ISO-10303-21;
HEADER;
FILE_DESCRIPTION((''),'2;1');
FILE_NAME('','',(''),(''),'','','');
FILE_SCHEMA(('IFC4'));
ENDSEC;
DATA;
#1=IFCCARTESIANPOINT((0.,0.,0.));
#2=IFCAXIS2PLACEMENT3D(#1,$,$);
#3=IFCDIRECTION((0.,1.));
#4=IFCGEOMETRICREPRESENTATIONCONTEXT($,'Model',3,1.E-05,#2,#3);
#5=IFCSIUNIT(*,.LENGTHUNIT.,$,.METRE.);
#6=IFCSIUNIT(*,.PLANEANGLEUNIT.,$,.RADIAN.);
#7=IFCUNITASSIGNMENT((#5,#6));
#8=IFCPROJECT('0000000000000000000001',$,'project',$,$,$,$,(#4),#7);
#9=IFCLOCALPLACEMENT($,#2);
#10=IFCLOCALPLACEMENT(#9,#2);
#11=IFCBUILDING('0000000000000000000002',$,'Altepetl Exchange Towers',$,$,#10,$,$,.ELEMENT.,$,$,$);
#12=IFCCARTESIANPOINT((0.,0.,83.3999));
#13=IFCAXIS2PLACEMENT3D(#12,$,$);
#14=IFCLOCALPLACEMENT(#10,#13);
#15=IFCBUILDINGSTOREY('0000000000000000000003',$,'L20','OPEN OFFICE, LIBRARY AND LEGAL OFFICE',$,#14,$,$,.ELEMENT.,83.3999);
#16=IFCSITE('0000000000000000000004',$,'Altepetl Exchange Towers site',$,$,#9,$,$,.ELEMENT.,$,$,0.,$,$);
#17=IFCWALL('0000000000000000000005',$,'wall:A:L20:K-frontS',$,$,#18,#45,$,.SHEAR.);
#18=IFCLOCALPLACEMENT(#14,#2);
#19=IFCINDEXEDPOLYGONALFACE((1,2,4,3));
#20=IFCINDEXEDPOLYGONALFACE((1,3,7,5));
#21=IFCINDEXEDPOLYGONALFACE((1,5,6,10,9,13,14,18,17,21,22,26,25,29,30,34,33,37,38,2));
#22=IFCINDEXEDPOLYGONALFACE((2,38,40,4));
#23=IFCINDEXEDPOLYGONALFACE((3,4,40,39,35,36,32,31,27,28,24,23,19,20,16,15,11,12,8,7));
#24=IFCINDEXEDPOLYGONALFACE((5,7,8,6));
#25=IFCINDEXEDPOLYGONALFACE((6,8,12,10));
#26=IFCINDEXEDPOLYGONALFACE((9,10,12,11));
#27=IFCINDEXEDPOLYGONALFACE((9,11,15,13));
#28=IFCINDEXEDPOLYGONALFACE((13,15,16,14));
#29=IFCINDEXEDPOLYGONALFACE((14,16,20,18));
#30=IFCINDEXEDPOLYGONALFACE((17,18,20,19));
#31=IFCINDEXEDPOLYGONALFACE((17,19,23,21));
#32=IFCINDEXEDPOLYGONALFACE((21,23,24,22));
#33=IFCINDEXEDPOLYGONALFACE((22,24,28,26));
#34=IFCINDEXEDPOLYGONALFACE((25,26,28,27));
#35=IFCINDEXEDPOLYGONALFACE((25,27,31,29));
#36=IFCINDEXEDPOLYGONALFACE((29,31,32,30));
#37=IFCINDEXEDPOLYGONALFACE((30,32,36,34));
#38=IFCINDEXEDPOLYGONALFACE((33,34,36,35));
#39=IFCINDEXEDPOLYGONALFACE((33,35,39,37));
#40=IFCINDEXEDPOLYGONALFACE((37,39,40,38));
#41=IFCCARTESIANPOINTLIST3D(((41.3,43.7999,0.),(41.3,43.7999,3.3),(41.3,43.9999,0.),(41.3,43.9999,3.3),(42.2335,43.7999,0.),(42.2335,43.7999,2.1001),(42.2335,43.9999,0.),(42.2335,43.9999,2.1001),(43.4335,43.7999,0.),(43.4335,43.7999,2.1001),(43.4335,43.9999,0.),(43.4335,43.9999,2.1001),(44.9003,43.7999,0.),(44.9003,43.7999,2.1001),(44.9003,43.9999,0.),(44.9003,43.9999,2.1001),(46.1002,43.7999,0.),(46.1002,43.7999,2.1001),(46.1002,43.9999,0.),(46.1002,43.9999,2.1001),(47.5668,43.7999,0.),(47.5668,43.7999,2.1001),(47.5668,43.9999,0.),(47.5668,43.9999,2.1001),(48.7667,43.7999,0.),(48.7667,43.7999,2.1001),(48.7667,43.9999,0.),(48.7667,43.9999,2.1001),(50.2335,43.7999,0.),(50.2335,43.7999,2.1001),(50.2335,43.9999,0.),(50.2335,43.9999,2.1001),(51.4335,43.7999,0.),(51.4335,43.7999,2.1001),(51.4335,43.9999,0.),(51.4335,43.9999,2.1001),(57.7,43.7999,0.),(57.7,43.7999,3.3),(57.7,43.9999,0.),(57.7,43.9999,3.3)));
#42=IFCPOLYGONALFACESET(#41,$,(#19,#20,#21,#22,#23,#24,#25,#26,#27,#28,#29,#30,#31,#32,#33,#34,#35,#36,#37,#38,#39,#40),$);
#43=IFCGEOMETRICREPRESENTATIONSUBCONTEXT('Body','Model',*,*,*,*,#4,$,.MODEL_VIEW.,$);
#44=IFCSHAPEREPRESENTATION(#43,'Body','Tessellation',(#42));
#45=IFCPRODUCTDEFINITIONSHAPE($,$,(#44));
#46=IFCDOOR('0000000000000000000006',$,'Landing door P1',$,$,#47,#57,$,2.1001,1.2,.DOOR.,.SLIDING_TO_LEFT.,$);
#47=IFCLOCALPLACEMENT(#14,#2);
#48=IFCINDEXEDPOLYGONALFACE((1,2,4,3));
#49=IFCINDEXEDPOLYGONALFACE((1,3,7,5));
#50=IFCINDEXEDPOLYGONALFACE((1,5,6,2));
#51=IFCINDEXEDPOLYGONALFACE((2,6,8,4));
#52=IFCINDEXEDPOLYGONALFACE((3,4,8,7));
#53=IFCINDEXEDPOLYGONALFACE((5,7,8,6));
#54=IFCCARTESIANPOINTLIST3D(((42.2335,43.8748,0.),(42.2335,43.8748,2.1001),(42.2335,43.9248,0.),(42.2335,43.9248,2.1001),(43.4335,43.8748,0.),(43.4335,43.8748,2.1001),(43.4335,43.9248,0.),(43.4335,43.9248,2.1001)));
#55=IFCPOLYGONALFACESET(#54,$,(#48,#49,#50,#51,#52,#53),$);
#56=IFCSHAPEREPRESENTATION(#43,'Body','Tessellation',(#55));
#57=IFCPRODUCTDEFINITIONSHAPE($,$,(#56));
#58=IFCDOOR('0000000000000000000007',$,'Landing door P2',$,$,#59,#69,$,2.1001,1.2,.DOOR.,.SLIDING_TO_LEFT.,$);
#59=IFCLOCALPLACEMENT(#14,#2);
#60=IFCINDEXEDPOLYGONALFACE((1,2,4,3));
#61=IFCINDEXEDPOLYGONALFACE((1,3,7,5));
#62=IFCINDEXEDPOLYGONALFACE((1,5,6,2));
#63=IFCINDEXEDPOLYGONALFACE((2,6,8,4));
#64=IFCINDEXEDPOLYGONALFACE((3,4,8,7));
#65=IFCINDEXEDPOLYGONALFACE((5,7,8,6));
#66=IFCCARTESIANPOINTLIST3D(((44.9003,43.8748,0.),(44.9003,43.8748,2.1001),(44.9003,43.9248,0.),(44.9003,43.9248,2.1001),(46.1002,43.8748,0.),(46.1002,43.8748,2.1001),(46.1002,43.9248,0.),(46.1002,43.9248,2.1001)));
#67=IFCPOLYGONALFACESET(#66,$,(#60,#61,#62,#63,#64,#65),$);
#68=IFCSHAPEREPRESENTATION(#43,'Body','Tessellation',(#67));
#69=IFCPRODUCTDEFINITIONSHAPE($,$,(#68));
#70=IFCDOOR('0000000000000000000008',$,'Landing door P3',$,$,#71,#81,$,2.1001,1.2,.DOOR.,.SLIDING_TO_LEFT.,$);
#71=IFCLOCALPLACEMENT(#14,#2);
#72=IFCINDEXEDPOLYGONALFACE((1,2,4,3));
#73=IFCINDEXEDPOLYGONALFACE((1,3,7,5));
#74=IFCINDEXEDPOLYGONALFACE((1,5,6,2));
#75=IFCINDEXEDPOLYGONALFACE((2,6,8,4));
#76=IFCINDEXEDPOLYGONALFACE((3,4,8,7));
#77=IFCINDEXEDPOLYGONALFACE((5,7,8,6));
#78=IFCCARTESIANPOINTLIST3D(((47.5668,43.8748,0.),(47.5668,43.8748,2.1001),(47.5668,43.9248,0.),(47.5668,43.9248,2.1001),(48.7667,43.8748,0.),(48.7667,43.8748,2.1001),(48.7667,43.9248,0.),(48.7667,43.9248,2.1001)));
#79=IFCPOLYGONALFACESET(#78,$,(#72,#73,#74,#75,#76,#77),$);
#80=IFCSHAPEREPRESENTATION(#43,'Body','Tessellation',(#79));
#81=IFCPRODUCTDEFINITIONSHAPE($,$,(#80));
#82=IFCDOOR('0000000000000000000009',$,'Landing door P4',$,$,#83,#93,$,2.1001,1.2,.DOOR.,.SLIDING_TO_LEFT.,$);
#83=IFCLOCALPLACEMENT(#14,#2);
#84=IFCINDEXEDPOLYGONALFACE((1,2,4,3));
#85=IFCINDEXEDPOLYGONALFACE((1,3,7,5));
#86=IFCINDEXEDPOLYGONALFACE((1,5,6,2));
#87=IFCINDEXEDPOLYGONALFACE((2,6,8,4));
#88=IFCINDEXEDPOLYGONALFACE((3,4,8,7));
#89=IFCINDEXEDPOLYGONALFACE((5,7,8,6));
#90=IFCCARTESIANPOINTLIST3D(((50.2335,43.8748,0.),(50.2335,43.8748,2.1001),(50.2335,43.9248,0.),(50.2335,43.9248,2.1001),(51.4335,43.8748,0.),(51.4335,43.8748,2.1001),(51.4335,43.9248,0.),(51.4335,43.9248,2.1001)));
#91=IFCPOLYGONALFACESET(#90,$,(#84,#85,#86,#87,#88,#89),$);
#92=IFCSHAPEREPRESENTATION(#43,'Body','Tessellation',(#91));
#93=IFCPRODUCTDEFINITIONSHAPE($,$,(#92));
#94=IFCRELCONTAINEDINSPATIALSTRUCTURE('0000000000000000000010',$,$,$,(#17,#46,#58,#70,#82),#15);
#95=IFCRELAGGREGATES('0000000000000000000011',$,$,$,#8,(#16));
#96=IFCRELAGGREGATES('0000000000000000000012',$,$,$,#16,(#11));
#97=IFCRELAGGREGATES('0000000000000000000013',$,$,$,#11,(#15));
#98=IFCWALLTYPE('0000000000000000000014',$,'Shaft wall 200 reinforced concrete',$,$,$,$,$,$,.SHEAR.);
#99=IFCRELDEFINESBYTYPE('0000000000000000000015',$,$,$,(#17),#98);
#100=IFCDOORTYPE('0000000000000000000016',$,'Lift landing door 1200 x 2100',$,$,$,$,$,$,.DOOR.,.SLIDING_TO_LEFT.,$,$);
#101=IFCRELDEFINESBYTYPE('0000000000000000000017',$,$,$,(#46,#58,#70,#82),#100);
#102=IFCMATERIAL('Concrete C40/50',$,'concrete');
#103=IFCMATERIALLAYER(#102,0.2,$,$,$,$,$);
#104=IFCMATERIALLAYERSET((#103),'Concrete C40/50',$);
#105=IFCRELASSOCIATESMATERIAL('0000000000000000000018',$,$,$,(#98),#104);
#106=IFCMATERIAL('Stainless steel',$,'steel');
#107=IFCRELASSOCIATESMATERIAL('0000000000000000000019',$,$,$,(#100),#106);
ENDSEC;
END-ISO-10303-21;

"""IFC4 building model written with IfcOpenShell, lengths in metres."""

from ifc_helpers import new_model, si_unit, direction, frame, frame_2d, origin, place, context, subcontext, project, spatial, rectangle, extrude, material, layer, layer_set, type_object, element, fill, save


model = new_model("IFC4")

# Units and contexts
model_context = context("Model", 3, precision=1e-05, world=origin(), true_north=direction((0.0, 1.0)))
body_context = subcontext(model_context, "Body", "Model", "MODEL_VIEW")
ifc_project = project(units=[si_unit("LENGTHUNIT", "METRE"), si_unit("PLANEANGLEUNIT", "RADIAN")], contexts=[model_context])

# Site, building, storey
site_placement = place(None, origin())
site = spatial("IfcSite", under=ifc_project, at=site_placement, Name="Altepetl Exchange Towers site", CompositionType="ELEMENT", RefElevation=0.0)
building_placement = place(site_placement, origin())
building = spatial("IfcBuilding", under=site, at=building_placement, Name="Altepetl Exchange Towers", CompositionType="ELEMENT")
storey_placement = place(building_placement, frame((0.0, 0.0, 83.3999)))
storey = spatial("IfcBuildingStorey", under=building, at=storey_placement, Name="L20", Description="OPEN OFFICE, LIBRARY AND LEGAL OFFICE", CompositionType="ELEMENT", Elevation=83.3999)

# Wall, openings, doors
ifc_material_1 = material(Name="Concrete C40/50", Category="concrete")
ifc_layer_1 = layer(ifc_material_1, 0.2)
ifc_layer_set_1 = layer_set([ifc_layer_1], Name="Concrete C40/50")
wall_type_1 = type_object("IfcWallType", Name="Shaft wall 200 reinforced concrete", PredefinedType="SHEAR", material=ifc_layer_set_1)
wall_1_placement = place(storey_placement, frame((41.3, 43.8999, 0.0)))
wall_1 = element("IfcWall", 1, at=wall_1_placement, inside=storey, type_object=wall_type_1, Name="wall:A:L20:K-frontS", PredefinedType="SHEAR", context=body_context, shape_type="SweptSolid", body=[
    extrude(rectangle(XDim=16.3999, YDim=0.2, at=frame_2d((8.2, 0.0))), origin(), (0.0, 0.0, 1.0), 3.3),
])
opening_1_placement = place(wall_1_placement, frame((0.9333, 0.0, 0.0)))
opening_1 = element("IfcOpeningElement", 2, at=opening_1_placement, cuts=wall_1, PredefinedType="OPENING", context=body_context, shape_type="SweptSolid", body=[
    extrude(rectangle(XDim=1.2, YDim=2.1001, at=frame_2d((0.6001, 1.05))), frame((0.0, 0.1099, 0.0), z_axis=(0.0, -1.0, 0.0), x_axis=(1.0, 0.0, 0.0)), (0.0, 0.0, 1.0), 0.22),
])
opening_2_placement = place(wall_1_placement, frame((3.6001, 0.0, 0.0)))
opening_2 = element("IfcOpeningElement", 3, at=opening_2_placement, cuts=wall_1, PredefinedType="OPENING", context=body_context, shape_type="SweptSolid", body=[
    extrude(rectangle(XDim=1.2, YDim=2.1001, at=frame_2d((0.6001, 1.05))), frame((0.0, 0.1099, 0.0), z_axis=(0.0, -1.0, 0.0), x_axis=(1.0, 0.0, 0.0)), (0.0, 0.0, 1.0), 0.22),
])
opening_3_placement = place(wall_1_placement, frame((6.2666, 0.0, 0.0)))
opening_3 = element("IfcOpeningElement", 4, at=opening_3_placement, cuts=wall_1, PredefinedType="OPENING", context=body_context, shape_type="SweptSolid", body=[
    extrude(rectangle(XDim=1.2, YDim=2.1001, at=frame_2d((0.6001, 1.05))), frame((0.0, 0.1099, 0.0), z_axis=(0.0, -1.0, 0.0), x_axis=(1.0, 0.0, 0.0)), (0.0, 0.0, 1.0), 0.22),
])
opening_4_placement = place(wall_1_placement, frame((8.9333, 0.0, 0.0)))
opening_4 = element("IfcOpeningElement", 5, at=opening_4_placement, cuts=wall_1, PredefinedType="OPENING", context=body_context, shape_type="SweptSolid", body=[
    extrude(rectangle(XDim=1.2, YDim=2.1001, at=frame_2d((0.6001, 1.05))), frame((0.0, 0.1099, 0.0), z_axis=(0.0, -1.0, 0.0), x_axis=(1.0, 0.0, 0.0)), (0.0, 0.0, 1.0), 0.22),
])
ifc_material_2 = material(Name="Stainless steel", Category="steel")
door_type_1 = type_object("IfcDoorType", Name="Lift landing door 1200 x 2100", OperationType="SLIDING_TO_LEFT", PredefinedType="DOOR", material=ifc_material_2)
door_1_placement = place(opening_1_placement, origin())
door_1 = element("IfcDoor", 6, at=door_1_placement, inside=storey, type_object=door_type_1, Name="Landing door P1", OperationType="SLIDING_TO_LEFT", OverallHeight=2.1001, OverallWidth=1.2, PredefinedType="DOOR", context=body_context, shape_type="SweptSolid", body=[
    extrude(rectangle(XDim=1.2, YDim=2.1001, at=frame_2d((0.6001, 1.05))), frame((0.0, 0.0249, 0.0), z_axis=(0.0, -1.0, 0.0), x_axis=(1.0, 0.0, 0.0)), (0.0, 0.0, 1.0), 0.05),
])
fill(opening_1, door_1)
door_2_placement = place(opening_2_placement, origin())
door_2 = element("IfcDoor", 7, at=door_2_placement, inside=storey, type_object=door_type_1, Name="Landing door P2", OperationType="SLIDING_TO_LEFT", OverallHeight=2.1001, OverallWidth=1.2, PredefinedType="DOOR", context=body_context, shape_type="SweptSolid", body=[
    extrude(rectangle(XDim=1.2, YDim=2.1001, at=frame_2d((0.6001, 1.05))), frame((0.0, 0.0249, 0.0), z_axis=(0.0, -1.0, 0.0), x_axis=(1.0, 0.0, 0.0)), (0.0, 0.0, 1.0), 0.05),
])
fill(opening_2, door_2)
door_3_placement = place(opening_3_placement, origin())
door_3 = element("IfcDoor", 8, at=door_3_placement, inside=storey, type_object=door_type_1, Name="Landing door P3", OperationType="SLIDING_TO_LEFT", OverallHeight=2.1001, OverallWidth=1.2, PredefinedType="DOOR", context=body_context, shape_type="SweptSolid", body=[
    extrude(rectangle(XDim=1.2, YDim=2.1001, at=frame_2d((0.6001, 1.05))), frame((0.0, 0.0249, 0.0), z_axis=(0.0, -1.0, 0.0), x_axis=(1.0, 0.0, 0.0)), (0.0, 0.0, 1.0), 0.05),
])
fill(opening_3, door_3)
door_4_placement = place(opening_4_placement, origin())
door_4 = element("IfcDoor", 9, at=door_4_placement, inside=storey, type_object=door_type_1, Name="Landing door P4", OperationType="SLIDING_TO_LEFT", OverallHeight=2.1001, OverallWidth=1.2, PredefinedType="DOOR", context=body_context, shape_type="SweptSolid", body=[
    extrude(rectangle(XDim=1.2, YDim=2.1001, at=frame_2d((0.6001, 1.05))), frame((0.0, 0.0249, 0.0), z_axis=(0.0, -1.0, 0.0), x_axis=(1.0, 0.0, 0.0)), (0.0, 0.0, 1.0), 0.05),
])
fill(opening_4, door_4)

save(model, "model.ifc")
